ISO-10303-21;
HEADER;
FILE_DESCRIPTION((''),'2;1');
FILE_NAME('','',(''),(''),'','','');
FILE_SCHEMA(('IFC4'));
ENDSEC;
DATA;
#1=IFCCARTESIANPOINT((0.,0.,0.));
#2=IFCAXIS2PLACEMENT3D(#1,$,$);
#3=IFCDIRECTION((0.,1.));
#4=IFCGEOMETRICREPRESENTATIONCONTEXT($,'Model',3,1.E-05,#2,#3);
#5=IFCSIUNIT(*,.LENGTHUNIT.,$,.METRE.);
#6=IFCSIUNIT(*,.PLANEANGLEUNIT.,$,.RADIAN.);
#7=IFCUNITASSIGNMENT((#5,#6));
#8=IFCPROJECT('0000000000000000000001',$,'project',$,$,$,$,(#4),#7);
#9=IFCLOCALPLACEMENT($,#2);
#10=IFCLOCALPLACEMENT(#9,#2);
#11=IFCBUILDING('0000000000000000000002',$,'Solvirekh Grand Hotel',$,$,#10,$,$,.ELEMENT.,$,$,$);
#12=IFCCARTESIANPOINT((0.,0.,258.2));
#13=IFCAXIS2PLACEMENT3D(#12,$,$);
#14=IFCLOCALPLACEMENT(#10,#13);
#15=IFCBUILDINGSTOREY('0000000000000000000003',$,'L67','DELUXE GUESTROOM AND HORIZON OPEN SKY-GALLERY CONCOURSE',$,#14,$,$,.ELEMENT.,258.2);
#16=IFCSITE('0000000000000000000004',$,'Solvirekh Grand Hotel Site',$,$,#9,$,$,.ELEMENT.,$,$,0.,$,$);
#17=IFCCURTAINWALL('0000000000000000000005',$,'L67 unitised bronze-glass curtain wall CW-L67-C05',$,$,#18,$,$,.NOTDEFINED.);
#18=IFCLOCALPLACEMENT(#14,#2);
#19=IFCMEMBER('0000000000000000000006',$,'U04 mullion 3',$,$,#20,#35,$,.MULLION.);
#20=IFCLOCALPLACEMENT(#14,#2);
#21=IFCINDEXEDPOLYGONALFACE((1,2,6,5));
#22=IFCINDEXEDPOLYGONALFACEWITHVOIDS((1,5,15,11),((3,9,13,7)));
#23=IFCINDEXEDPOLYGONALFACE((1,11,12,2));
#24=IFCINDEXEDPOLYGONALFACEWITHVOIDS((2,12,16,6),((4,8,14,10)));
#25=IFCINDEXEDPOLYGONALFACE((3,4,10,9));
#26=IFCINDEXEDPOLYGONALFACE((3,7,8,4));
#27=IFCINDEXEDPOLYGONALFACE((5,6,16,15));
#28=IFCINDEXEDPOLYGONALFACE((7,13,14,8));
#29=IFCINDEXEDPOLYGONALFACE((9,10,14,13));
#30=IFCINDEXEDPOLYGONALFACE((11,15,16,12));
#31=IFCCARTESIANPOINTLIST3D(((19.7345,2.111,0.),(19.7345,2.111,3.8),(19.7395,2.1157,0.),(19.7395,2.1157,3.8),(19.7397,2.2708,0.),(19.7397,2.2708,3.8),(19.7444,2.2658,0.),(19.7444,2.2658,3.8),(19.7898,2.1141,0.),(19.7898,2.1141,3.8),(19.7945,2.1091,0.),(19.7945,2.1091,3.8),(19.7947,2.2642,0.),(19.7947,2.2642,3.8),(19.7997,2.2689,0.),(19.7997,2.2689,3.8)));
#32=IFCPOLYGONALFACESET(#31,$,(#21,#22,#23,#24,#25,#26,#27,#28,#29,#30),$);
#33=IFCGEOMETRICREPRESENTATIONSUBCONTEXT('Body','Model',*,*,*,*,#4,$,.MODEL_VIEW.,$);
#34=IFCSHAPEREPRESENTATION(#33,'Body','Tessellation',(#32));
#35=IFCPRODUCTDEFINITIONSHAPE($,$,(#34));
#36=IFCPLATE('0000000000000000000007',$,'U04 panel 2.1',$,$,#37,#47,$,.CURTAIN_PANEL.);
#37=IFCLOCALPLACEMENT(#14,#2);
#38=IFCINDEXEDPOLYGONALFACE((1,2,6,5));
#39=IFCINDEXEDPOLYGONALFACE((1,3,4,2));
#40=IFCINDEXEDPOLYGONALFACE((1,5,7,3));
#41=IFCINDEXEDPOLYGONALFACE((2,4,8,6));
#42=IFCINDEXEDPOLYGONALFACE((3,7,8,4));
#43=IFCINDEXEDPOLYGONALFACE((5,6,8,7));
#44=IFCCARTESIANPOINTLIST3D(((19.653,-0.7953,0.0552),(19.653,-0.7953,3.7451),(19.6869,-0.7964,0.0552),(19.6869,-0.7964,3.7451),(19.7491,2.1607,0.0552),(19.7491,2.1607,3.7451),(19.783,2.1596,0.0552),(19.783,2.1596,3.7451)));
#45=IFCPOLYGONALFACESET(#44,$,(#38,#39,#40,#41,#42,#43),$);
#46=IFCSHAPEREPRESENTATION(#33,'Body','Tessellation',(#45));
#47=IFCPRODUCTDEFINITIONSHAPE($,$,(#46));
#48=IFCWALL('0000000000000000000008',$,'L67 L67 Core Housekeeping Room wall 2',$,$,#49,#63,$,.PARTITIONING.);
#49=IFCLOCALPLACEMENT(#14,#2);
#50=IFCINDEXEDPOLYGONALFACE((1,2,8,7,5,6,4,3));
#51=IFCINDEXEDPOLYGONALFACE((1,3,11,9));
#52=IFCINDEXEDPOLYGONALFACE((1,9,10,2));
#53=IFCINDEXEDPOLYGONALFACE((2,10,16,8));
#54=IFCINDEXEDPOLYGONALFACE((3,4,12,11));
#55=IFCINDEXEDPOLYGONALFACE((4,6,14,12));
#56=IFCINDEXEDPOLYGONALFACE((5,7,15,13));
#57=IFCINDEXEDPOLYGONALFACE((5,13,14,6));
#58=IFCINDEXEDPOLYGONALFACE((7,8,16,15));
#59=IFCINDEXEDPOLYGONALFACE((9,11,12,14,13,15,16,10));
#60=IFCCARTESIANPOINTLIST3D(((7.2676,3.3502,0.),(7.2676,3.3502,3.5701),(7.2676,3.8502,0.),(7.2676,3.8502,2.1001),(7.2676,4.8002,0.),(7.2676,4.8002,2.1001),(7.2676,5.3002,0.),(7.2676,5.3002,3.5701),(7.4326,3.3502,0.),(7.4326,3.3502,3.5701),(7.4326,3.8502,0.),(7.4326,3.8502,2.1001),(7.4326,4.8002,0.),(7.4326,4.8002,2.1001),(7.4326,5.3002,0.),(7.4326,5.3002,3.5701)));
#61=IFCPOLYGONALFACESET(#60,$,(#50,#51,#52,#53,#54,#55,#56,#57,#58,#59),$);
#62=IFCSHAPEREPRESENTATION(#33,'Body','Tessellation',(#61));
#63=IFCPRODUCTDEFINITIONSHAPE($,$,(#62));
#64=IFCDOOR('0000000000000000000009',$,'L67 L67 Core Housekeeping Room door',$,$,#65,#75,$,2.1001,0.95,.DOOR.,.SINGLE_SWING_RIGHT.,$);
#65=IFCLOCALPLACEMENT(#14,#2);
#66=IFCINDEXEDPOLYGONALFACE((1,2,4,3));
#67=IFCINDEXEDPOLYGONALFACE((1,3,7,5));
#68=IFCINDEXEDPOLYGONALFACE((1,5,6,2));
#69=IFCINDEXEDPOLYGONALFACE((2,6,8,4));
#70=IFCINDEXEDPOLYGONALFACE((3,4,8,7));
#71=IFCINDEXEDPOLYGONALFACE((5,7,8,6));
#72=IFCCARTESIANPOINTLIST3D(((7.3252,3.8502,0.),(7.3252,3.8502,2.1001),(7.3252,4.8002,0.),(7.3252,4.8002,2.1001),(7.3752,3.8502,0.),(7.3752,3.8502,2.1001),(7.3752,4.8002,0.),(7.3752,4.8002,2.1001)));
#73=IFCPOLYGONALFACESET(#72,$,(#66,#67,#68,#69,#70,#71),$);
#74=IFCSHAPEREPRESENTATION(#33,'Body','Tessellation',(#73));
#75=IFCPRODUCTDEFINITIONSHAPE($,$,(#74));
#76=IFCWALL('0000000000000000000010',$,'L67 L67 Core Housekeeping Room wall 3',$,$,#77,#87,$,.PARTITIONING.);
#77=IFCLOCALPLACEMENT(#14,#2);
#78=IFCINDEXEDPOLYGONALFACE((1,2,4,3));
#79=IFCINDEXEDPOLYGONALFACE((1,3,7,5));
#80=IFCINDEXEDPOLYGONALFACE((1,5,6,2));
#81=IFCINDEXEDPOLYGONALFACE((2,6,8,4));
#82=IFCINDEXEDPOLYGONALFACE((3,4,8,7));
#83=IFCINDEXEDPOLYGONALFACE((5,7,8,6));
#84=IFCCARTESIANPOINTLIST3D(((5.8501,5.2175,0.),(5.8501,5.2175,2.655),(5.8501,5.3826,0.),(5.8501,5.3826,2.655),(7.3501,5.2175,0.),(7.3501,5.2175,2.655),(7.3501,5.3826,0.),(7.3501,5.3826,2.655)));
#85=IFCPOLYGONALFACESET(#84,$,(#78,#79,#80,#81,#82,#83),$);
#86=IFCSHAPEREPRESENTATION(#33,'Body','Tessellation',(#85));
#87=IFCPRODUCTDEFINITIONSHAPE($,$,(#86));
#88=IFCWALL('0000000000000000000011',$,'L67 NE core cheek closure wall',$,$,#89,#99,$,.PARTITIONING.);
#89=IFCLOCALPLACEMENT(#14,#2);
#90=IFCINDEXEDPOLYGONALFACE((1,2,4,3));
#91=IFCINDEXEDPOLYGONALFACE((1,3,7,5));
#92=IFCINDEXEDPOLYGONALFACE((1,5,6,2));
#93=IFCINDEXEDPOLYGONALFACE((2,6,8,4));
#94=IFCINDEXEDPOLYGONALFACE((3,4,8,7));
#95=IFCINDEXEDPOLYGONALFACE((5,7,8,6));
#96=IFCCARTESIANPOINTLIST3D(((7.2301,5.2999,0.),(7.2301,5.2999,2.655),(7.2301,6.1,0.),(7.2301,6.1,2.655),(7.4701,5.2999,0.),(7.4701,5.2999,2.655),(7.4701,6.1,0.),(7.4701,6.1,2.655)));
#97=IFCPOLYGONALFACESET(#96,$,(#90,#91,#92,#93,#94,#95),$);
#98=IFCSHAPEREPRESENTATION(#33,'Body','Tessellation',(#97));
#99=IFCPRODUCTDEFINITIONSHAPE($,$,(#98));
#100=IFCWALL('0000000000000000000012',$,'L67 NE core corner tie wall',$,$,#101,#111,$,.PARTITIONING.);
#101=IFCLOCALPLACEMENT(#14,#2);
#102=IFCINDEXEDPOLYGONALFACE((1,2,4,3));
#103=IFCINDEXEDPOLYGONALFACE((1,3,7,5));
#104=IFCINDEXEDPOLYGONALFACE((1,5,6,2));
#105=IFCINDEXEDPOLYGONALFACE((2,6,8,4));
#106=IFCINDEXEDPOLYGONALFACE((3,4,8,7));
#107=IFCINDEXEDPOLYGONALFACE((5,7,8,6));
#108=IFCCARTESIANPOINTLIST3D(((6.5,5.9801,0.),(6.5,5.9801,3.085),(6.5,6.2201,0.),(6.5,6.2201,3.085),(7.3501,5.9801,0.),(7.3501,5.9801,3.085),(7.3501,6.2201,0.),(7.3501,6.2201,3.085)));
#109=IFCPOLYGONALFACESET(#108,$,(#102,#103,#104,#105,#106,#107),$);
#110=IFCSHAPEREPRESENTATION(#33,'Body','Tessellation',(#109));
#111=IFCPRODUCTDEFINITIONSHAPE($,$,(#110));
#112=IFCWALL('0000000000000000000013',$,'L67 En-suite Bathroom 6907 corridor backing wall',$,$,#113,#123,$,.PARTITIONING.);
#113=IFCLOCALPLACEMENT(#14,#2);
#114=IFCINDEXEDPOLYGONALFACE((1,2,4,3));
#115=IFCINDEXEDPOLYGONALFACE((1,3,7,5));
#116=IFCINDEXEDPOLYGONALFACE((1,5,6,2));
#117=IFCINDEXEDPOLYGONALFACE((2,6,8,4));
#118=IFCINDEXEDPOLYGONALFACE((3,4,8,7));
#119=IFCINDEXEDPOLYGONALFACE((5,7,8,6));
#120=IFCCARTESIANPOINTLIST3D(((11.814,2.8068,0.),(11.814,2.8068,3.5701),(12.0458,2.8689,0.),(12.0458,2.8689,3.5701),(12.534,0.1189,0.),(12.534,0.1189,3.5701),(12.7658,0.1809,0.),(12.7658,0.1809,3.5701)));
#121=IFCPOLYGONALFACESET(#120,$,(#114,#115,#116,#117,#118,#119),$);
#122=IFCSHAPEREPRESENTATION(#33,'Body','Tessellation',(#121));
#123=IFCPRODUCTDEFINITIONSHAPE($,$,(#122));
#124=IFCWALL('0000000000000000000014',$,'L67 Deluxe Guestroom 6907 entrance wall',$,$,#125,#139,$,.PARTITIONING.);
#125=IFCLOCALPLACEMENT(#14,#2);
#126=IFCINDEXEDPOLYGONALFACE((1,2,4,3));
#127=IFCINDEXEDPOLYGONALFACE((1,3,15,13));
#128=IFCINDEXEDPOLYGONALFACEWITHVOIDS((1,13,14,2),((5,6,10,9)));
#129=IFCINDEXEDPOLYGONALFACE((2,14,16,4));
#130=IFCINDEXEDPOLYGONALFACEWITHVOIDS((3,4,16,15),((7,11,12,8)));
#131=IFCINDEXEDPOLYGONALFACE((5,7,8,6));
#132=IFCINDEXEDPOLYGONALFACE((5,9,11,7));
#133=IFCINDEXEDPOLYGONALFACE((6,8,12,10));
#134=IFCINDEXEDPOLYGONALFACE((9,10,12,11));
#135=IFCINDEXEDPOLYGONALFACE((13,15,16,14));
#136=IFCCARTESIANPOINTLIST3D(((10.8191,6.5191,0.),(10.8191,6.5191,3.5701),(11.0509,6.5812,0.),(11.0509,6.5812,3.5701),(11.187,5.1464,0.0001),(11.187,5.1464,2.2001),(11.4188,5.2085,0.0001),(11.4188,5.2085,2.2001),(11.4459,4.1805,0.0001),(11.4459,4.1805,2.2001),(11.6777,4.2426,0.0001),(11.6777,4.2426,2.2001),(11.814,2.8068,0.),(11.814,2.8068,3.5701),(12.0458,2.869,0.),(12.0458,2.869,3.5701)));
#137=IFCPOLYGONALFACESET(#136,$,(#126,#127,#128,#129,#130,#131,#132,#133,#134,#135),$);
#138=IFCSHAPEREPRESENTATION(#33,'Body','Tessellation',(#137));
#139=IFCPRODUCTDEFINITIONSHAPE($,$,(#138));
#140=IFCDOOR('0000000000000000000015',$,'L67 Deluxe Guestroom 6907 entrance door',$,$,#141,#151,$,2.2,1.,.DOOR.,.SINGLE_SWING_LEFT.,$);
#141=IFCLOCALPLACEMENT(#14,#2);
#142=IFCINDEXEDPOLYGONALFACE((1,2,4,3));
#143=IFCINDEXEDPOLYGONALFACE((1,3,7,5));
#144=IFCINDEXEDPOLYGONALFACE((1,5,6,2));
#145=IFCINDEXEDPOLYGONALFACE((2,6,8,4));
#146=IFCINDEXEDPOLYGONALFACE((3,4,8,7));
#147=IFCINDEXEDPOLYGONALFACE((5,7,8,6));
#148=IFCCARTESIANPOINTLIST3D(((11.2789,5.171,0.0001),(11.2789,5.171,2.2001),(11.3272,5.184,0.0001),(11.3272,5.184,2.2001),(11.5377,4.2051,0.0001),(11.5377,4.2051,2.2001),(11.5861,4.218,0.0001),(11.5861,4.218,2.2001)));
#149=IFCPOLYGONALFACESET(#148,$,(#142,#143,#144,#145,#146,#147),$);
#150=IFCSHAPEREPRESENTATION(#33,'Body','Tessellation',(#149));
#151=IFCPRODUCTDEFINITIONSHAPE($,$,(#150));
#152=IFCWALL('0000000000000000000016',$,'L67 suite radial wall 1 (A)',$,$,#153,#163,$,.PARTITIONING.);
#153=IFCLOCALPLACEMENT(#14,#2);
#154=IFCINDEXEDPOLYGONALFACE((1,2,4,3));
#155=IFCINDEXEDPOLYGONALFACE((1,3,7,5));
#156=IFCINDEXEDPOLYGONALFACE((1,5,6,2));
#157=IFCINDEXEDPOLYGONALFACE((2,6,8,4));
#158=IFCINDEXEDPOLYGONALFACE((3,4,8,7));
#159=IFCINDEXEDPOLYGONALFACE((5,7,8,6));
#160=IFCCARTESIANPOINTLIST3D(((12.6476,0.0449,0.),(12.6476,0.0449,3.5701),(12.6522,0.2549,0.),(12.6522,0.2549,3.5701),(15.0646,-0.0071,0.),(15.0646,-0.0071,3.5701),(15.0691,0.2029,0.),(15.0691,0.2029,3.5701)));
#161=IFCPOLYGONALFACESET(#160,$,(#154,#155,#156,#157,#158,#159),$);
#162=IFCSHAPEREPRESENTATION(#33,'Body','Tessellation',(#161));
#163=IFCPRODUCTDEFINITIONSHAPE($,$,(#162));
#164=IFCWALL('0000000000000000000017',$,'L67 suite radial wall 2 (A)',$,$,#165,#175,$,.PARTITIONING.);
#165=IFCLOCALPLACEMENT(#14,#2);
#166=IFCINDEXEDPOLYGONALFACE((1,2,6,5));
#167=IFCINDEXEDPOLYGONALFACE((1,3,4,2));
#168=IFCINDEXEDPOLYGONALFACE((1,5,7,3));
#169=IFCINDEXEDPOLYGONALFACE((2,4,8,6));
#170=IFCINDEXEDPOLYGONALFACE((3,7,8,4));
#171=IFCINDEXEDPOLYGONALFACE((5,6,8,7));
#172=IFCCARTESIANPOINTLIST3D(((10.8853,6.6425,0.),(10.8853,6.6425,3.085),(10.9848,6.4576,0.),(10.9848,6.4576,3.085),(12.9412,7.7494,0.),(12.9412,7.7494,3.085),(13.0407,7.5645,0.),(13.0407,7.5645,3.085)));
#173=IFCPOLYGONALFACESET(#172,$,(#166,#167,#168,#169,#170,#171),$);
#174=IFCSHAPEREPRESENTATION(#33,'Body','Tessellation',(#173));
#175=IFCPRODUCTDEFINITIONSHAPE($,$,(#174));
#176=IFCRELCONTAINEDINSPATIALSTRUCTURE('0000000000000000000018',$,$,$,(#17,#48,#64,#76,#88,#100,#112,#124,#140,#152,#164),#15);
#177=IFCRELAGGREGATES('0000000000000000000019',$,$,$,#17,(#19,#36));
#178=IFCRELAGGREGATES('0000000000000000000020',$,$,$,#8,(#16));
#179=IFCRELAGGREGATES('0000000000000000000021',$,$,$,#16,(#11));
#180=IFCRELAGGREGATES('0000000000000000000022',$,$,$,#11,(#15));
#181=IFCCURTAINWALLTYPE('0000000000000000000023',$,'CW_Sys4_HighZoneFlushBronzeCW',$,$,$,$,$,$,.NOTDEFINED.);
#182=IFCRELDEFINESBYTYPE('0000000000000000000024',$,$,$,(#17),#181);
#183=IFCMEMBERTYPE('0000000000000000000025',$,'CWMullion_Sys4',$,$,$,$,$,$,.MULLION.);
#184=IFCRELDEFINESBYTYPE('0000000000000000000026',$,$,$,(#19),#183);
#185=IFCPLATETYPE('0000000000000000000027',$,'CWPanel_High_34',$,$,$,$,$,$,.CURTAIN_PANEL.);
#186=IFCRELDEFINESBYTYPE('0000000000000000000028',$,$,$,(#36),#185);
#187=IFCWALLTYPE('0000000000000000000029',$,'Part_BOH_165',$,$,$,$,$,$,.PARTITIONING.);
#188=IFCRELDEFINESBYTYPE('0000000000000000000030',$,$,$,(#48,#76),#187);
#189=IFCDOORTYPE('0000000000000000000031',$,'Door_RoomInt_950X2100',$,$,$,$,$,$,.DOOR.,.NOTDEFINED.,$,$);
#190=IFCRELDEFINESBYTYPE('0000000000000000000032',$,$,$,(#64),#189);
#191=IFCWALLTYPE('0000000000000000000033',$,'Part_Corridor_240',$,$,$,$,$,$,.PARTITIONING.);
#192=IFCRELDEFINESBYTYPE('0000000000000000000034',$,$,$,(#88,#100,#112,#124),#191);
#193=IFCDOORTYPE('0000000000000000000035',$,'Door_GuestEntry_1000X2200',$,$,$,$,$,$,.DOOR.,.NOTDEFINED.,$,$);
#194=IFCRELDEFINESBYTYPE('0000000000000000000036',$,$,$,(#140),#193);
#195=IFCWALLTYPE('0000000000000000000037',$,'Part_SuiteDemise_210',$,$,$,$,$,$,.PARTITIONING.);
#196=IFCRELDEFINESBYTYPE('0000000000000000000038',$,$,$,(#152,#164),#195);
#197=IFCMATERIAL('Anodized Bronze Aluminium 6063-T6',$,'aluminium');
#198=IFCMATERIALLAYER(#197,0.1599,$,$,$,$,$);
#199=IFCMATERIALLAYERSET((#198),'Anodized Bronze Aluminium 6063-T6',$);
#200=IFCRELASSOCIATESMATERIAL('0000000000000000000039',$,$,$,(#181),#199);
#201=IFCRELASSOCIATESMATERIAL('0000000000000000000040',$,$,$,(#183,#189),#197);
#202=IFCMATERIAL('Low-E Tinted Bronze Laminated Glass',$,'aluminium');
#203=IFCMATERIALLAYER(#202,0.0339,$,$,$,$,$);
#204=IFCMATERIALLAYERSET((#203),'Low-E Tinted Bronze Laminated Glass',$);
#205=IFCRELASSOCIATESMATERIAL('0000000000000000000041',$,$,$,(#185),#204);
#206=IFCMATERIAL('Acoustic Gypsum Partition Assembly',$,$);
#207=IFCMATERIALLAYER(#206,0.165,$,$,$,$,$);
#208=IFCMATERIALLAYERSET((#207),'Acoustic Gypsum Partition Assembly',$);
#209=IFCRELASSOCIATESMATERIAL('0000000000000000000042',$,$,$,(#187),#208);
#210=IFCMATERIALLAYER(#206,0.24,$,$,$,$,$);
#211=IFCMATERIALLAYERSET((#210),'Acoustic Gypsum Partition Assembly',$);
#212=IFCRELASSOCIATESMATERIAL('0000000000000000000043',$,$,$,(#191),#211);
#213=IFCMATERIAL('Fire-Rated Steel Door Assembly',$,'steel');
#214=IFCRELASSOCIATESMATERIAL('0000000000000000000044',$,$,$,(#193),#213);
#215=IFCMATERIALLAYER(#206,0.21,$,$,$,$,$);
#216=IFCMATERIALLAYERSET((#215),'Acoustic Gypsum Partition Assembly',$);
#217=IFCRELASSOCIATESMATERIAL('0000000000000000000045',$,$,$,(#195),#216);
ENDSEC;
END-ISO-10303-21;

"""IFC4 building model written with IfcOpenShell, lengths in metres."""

from ifc_helpers import new_model, si_unit, direction, frame, frame_2d, origin, origin_2d, place, context, subcontext, project, spatial, rectangle, hollow_rectangle, extrude, source, transform, mapped, material, layer, layer_set, material_profile, profile_set, type_object, element, fill, aggregate, save


model = new_model("IFC4")

# Units and contexts
model_context = context("Model", 3, precision=1e-05, world=origin(), true_north=direction((0.0, 1.0)))
body_context = subcontext(model_context, "Body", "Model", "MODEL_VIEW")
ifc_project = project(units=[si_unit("LENGTHUNIT", "METRE"), si_unit("PLANEANGLEUNIT", "RADIAN")], contexts=[model_context])

# Site, building, storey
site_placement = place(None, origin())
site = spatial("IfcSite", under=ifc_project, at=site_placement, Name="Solvirekh Grand Hotel Site", CompositionType="ELEMENT", RefElevation=0.0)
building_placement = place(site_placement, origin())
building = spatial("IfcBuilding", under=site, at=building_placement, Name="Solvirekh Grand Hotel", CompositionType="ELEMENT")
storey_placement = place(building_placement, frame((0.0, 0.0, 258.2)))
storey = spatial("IfcBuildingStorey", under=building, at=storey_placement, Name="L67", Description="DELUXE GUESTROOM AND HORIZON OPEN SKY-GALLERY CONCOURSE", CompositionType="ELEMENT", Elevation=258.2)

# Curtain wall, member, plate
ifc_material_1 = material(Name="Anodized Bronze Aluminium 6063-T6", Category="aluminium")
ifc_layer_1 = layer(ifc_material_1, 0.1599)
ifc_layer_set_1 = layer_set([ifc_layer_1], Name="Anodized Bronze Aluminium 6063-T6")
curtain_wall_type = type_object("IfcCurtainWallType", Name="CW_Sys4_HighZoneFlushBronzeCW", PredefinedType="NOTDEFINED", material=ifc_layer_set_1)
curtain_wall_placement = place(storey_placement, origin())
curtain_wall = element("IfcCurtainWall", 1, at=curtain_wall_placement, inside=storey, type_object=curtain_wall_type, Name="L67 unitised bronze-glass curtain wall CW-L67-C05", PredefinedType="NOTDEFINED")
ifc_material_profile_1 = material_profile(ifc_material_1, hollow_rectangle(XDim=0.0601, YDim=0.1599, WallThickness=0.0049, at=origin_2d()), Name="ALU RHS 160X60X5")
ifc_profile_set_1 = profile_set([ifc_material_profile_1], Name="Anodized Bronze Aluminium 6063-T6")
member_type = type_object("IfcMemberType", Name="CWMullion_Sys4", PredefinedType="MULLION", material=ifc_profile_set_1)
shared_shape_1 = source(origin(), body_context, "Body", "SweptSolid", [
    extrude(hollow_rectangle(XDim=0.0601, YDim=0.1599, WallThickness=0.0049, at=origin_2d()), origin(), (0.0, 0.0, 1.0), 3.8),
])
member_placement = place(storey_placement, frame((19.7671, 2.1899, 0.0), z_axis=(0.0, 0.0, 1.0), x_axis=(-0.999472, 0.032484, 0.0)))
member = element("IfcMember", 2, at=member_placement, type_object=member_type, Name="U04 mullion 3", PredefinedType="MULLION", context=body_context, shape_type="MappedRepresentation", body=[
    mapped(shared_shape_1, transform((0.0, 0.0, 0.0), x_axis=(1.0, 0.0, 0.0), y_axis=(0.0, 1.0, 0.0), z_axis=(0.0, 0.0, 1.0), scale=1.0)),
])
ifc_material_2 = material(Name="Low-E Tinted Bronze Laminated Glass", Category="aluminium")
ifc_layer_2 = layer(ifc_material_2, 0.0339)
ifc_layer_set_2 = layer_set([ifc_layer_2], Name="Low-E Tinted Bronze Laminated Glass")
plate_type = type_object("IfcPlateType", Name="CWPanel_High_34", PredefinedType="CURTAIN_PANEL", material=ifc_layer_set_2)
shared_shape_2 = source(origin(), body_context, "Body", "SweptSolid", [
    extrude(rectangle(XDim=2.9575, YDim=0.0339, at=origin_2d()), origin(), (0.0, 0.0, 1.0), 3.6899),
])
plate_placement = place(storey_placement, frame((19.718, 0.6821, 0.0552), z_axis=(0.0, 0.0, 1.0), x_axis=(0.032484, 0.999472, 0.0)))
plate = element("IfcPlate", 3, at=plate_placement, type_object=plate_type, Name="U04 panel 2.1", PredefinedType="CURTAIN_PANEL", context=body_context, shape_type="MappedRepresentation", body=[
    mapped(shared_shape_2, transform((0.0, 0.0, 0.0), x_axis=(1.0, 0.0, 0.0), y_axis=(0.0, 1.0, 0.0), z_axis=(0.0, 0.0, 1.0), scale=1.0)),
])
aggregate(curtain_wall, [member, plate])

# Wall, opening, door
ifc_material_3 = material(Name="Acoustic Gypsum Partition Assembly")
ifc_layer_3 = layer(ifc_material_3, 0.165)
ifc_layer_set_3 = layer_set([ifc_layer_3], Name="Acoustic Gypsum Partition Assembly")
wall_type_1 = type_object("IfcWallType", Name="Part_BOH_165", PredefinedType="PARTITIONING", material=ifc_layer_set_3)
wall_1_placement = place(storey_placement, frame((7.3501, 3.3501, 0.0), z_axis=(0.0, 0.0, 1.0), x_axis=(0.0, 1.0, 0.0)))
wall_1 = element("IfcWall", 4, at=wall_1_placement, inside=storey, type_object=wall_type_1, Name="L67 L67 Core Housekeeping Room wall 2", PredefinedType="PARTITIONING", context=body_context, shape_type="SweptSolid", body=[
    extrude(rectangle(XDim=1.95, YDim=0.165, at=frame_2d((0.9751, 0.0))), origin(), (0.0, 0.0, 1.0), 3.5701),
])
opening_1_placement = place(wall_1_placement, frame((0.5, 0.0, 0.0)))
opening_1 = element("IfcOpeningElement", 5, at=opening_1_placement, cuts=wall_1, PredefinedType="OPENING", context=body_context, shape_type="SweptSolid", body=[
    extrude(rectangle(XDim=0.95, YDim=2.1001, at=frame_2d((0.4751, 1.05))), frame((0.0, 0.0925, 0.0), z_axis=(0.0, -1.0, 0.0), x_axis=(1.0, 0.0, 0.0)), (0.0, 0.0, 1.0), 0.1851),
])
door_type_1 = type_object("IfcDoorType", Name="Door_RoomInt_950X2100", OperationType="NOTDEFINED", PredefinedType="DOOR", material=ifc_material_1)
door_1_placement = place(opening_1_placement, origin())
door_1 = element("IfcDoor", 6, at=door_1_placement, inside=storey, type_object=door_type_1, Name="L67 L67 Core Housekeeping Room door", OperationType="SINGLE_SWING_RIGHT", OverallHeight=2.1001, OverallWidth=0.95, PredefinedType="DOOR", context=body_context, shape_type="SweptSolid", body=[
    extrude(rectangle(XDim=0.95, YDim=2.1001, at=frame_2d((0.4751, 1.05))), frame((0.0, 0.0249, 0.0), z_axis=(0.0, -1.0, 0.0), x_axis=(1.0, 0.0, 0.0)), (0.0, 0.0, 1.0), 0.05),
])
fill(opening_1, door_1)

# Walls
wall_2_placement = place(storey_placement, frame((7.3501, 5.3, 0.0), z_axis=(0.0, 0.0, 1.0), x_axis=(-1.0, 0.0, 0.0)))
element("IfcWall", 7, at=wall_2_placement, inside=storey, type_object=wall_type_1, Name="L67 L67 Core Housekeeping Room wall 3", PredefinedType="PARTITIONING", context=body_context, shape_type="SweptSolid", body=[
    extrude(rectangle(XDim=1.5, YDim=0.165, at=frame_2d((0.75, 0.0))), origin(), (0.0, 0.0, 1.0), 2.655),
])
ifc_layer_4 = layer(ifc_material_3, 0.24)
ifc_layer_set_4 = layer_set([ifc_layer_4], Name="Acoustic Gypsum Partition Assembly")
wall_type_2 = type_object("IfcWallType", Name="Part_Corridor_240", PredefinedType="PARTITIONING", material=ifc_layer_set_4)
wall_3_placement = place(storey_placement, frame((7.3501, 5.3, 0.0), z_axis=(0.0, 0.0, 1.0), x_axis=(0.0, 1.0, 0.0)))
element("IfcWall", 8, at=wall_3_placement, inside=storey, type_object=wall_type_2, Name="L67 NE core cheek closure wall", PredefinedType="PARTITIONING", context=body_context, shape_type="SweptSolid", body=[
    extrude(rectangle(XDim=0.8, YDim=0.24, at=frame_2d((0.3999, 0.0))), origin(), (0.0, 0.0, 1.0), 2.655),
])
wall_4_placement = place(storey_placement, frame((6.5, 6.1001, 0.0), z_axis=(0.0, 0.0, 1.0), x_axis=(1.0, 0.0, 0.0)))
element("IfcWall", 9, at=wall_4_placement, inside=storey, type_object=wall_type_2, Name="L67 NE core corner tie wall", PredefinedType="PARTITIONING", context=body_context, shape_type="SweptSolid", body=[
    extrude(rectangle(XDim=0.8501, YDim=0.24, at=frame_2d((0.425, 0.0))), origin(), (0.0, 0.0, 1.0), 3.085),
])
wall_5_placement = place(storey_placement, frame((12.6499, 0.1499, 0.0), z_axis=(0.0, 0.0, 1.0), x_axis=(-0.258727, 0.96595, 0.0)))
element("IfcWall", 10, at=wall_5_placement, inside=storey, type_object=wall_type_2, Name="L67 En-suite Bathroom 6907 corridor backing wall", PredefinedType="PARTITIONING", context=body_context, shape_type="SweptSolid", body=[
    extrude(rectangle(XDim=2.7827, YDim=0.24, at=frame_2d((1.3914, 0.0))), origin(), (0.0, 0.0, 1.0), 3.5701),
])

# Wall, opening, door
wall_6_placement = place(storey_placement, frame((11.9299, 2.8379, 0.0), z_axis=(0.0, 0.0, 1.0), x_axis=(-0.258868, 0.965913, 0.0)))
wall_6 = element("IfcWall", 11, at=wall_6_placement, inside=storey, type_object=wall_type_2, Name="L67 Deluxe Guestroom 6907 entrance wall", PredefinedType="PARTITIONING", context=body_context, shape_type="SweptSolid", body=[
    extrude(rectangle(XDim=3.8433, YDim=0.24, at=frame_2d((1.9216, 0.0))), origin(), (0.0, 0.0, 1.0), 3.5701),
])
opening_2_placement = place(wall_6_placement, frame((1.4221, 0.0, 0.0)))
opening_2 = element("IfcOpeningElement", 12, at=opening_2_placement, cuts=wall_6, PredefinedType="OPENING", context=body_context, shape_type="SweptSolid", body=[
    extrude(rectangle(XDim=1.0, YDim=2.2, at=frame_2d((0.5, 1.1001))), frame((0.0, 0.1299, 0.0), z_axis=(0.0, -1.0, 0.0), x_axis=(1.0, 0.0, 0.0)), (0.0, 0.0, 1.0), 0.26),
])
ifc_material_4 = material(Name="Fire-Rated Steel Door Assembly", Category="steel")
door_type_2 = type_object("IfcDoorType", Name="Door_GuestEntry_1000X2200", OperationType="NOTDEFINED", PredefinedType="DOOR", material=ifc_material_4)
door_2_placement = place(opening_2_placement, origin())
door_2 = element("IfcDoor", 13, at=door_2_placement, inside=storey, type_object=door_type_2, Name="L67 Deluxe Guestroom 6907 entrance door", OperationType="SINGLE_SWING_LEFT", OverallHeight=2.2, OverallWidth=1.0, PredefinedType="DOOR", context=body_context, shape_type="SweptSolid", body=[
    extrude(rectangle(XDim=1.0, YDim=2.2, at=frame_2d((0.5, 1.1001))), frame((0.0, 0.0249, 0.0), z_axis=(0.0, -1.0, 0.0), x_axis=(1.0, 0.0, 0.0)), (0.0, 0.0, 1.0), 0.05),
])
fill(opening_2, door_2)

# Walls
ifc_layer_5 = layer(ifc_material_3, 0.21)
ifc_layer_set_5 = layer_set([ifc_layer_5], Name="Acoustic Gypsum Partition Assembly")
wall_type_3 = type_object("IfcWallType", Name="Part_SuiteDemise_210", PredefinedType="PARTITIONING", material=ifc_layer_set_5)
wall_7_placement = place(storey_placement, frame((12.6499, 0.1499, 0.0), z_axis=(0.0, 0.0, 1.0), x_axis=(0.999769, -0.02151, 0.0)))
element("IfcWall", 14, at=wall_7_placement, inside=storey, type_object=wall_type_3, Name="L67 suite radial wall 1 (A)", PredefinedType="PARTITIONING", context=body_context, shape_type="SweptSolid", body=[
    extrude(rectangle(XDim=2.4175, YDim=0.21, at=frame_2d((1.2087, 0.0))), origin(), (0.0, 0.0, 1.0), 3.5701),
])
wall_8_placement = place(storey_placement, frame((10.9351, 6.55, 0.0), z_axis=(0.0, 0.0, 1.0), x_axis=(0.880488, 0.474069, 0.0)))
element("IfcWall", 15, at=wall_8_placement, inside=storey, type_object=wall_type_3, Name="L67 suite radial wall 2 (A)", PredefinedType="PARTITIONING", context=body_context, shape_type="SweptSolid", body=[
    extrude(rectangle(XDim=2.335, YDim=0.21, at=frame_2d((1.1675, 0.0))), origin(), (0.0, 0.0, 1.0), 3.085),
])

save(model, "model.ifc")
